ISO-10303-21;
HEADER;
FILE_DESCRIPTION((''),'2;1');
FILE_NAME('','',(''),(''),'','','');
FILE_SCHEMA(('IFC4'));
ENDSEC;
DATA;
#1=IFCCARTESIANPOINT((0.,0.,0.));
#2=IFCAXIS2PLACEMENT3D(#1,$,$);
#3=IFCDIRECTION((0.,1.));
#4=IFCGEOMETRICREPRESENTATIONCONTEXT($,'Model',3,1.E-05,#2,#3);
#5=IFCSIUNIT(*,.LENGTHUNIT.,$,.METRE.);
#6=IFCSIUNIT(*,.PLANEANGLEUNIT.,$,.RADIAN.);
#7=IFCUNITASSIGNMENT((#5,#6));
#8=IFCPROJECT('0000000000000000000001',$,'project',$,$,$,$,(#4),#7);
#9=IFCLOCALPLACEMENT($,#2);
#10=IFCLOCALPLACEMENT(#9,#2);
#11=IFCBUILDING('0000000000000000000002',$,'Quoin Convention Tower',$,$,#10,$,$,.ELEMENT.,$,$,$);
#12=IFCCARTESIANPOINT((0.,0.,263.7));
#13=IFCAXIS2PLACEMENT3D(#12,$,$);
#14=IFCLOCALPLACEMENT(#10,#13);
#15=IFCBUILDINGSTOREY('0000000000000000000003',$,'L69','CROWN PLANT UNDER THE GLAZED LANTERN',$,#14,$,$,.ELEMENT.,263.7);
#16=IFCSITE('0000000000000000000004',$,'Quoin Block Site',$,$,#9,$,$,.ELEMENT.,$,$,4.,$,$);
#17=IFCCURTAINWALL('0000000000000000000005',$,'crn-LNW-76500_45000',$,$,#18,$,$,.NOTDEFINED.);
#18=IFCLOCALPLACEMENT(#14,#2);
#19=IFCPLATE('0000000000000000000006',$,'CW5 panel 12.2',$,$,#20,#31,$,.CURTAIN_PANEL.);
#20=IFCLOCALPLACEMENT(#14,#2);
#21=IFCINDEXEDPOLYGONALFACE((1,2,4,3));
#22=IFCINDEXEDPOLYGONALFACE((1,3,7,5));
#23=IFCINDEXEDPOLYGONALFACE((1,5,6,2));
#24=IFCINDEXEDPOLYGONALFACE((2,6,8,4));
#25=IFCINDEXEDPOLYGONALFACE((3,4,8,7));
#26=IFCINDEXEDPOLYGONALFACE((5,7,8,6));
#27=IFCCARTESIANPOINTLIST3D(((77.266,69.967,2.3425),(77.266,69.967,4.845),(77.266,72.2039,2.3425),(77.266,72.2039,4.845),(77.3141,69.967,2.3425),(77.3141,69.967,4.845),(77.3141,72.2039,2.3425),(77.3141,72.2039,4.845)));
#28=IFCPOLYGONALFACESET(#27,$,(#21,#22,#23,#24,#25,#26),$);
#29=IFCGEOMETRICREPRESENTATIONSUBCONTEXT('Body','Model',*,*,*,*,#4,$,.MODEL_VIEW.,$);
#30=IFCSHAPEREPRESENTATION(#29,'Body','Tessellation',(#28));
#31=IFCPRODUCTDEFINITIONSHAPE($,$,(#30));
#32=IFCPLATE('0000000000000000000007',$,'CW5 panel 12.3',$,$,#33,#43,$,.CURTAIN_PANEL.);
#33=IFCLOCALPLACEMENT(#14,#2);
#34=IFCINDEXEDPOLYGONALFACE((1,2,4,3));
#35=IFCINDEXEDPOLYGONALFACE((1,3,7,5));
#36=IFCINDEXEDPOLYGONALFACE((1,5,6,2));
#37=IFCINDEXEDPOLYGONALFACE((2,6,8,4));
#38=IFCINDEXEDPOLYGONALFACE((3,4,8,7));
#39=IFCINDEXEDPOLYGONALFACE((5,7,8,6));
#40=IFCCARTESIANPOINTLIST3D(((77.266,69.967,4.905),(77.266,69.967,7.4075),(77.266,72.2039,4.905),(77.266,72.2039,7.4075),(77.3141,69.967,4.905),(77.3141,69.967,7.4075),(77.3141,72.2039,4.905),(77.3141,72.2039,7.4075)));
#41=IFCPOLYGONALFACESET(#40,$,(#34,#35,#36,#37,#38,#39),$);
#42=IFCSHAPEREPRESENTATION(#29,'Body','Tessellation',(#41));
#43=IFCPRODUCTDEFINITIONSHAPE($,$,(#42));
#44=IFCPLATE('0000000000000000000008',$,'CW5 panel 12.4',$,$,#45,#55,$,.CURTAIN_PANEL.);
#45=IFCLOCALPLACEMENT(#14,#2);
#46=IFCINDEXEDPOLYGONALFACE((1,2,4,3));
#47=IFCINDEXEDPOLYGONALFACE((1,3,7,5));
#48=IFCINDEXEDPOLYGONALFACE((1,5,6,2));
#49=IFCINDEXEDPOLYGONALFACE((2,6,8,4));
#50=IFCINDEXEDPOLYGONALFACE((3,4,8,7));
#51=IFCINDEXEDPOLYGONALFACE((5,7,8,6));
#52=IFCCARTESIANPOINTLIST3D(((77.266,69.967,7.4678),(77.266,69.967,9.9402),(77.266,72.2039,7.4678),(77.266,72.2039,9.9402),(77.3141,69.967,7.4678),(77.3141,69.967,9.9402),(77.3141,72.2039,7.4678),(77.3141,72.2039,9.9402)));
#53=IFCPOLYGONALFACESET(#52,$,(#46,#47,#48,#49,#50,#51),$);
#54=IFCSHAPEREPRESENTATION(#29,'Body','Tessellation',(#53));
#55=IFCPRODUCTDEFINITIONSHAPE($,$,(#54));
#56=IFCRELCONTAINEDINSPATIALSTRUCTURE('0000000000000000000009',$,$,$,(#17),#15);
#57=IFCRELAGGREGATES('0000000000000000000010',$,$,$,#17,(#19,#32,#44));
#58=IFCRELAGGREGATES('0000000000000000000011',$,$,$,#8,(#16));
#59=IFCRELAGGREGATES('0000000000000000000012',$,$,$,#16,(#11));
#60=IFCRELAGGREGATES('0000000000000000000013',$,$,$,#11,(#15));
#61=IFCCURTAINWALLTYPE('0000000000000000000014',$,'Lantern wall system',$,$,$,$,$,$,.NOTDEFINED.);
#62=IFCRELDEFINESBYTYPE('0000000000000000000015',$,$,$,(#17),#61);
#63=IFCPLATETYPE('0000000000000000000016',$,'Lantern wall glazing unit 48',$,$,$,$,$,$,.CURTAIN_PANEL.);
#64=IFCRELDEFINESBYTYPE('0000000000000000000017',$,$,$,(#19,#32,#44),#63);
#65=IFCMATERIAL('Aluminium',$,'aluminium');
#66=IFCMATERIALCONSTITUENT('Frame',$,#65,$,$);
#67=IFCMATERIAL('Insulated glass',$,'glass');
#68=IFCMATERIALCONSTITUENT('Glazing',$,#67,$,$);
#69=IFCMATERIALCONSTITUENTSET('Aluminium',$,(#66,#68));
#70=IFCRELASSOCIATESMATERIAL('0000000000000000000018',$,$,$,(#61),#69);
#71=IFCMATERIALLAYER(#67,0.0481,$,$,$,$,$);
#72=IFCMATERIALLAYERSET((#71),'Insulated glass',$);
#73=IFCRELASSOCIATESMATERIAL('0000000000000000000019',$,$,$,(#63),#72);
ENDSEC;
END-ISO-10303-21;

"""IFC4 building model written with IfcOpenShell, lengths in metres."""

from ifc_helpers import new_model, si_unit, direction, frame, origin, origin_2d, place, context, subcontext, project, spatial, rectangle, extrude, material, layer, layer_set, constituent, constituent_set, type_object, element, aggregate, save


model = new_model("IFC4")

# Units and contexts
model_context = context("Model", 3, precision=1e-05, world=origin(), true_north=direction((0.0, 1.0)))
body_context = subcontext(model_context, "Body", "Model", "MODEL_VIEW")
ifc_project = project(units=[si_unit("LENGTHUNIT", "METRE"), si_unit("PLANEANGLEUNIT", "RADIAN")], contexts=[model_context])

# Site, building, storey
site_placement = place(None, origin())
site = spatial("IfcSite", under=ifc_project, at=site_placement, Name="Quoin Block Site", CompositionType="ELEMENT", RefElevation=4.0)
building_placement = place(site_placement, origin())
building = spatial("IfcBuilding", under=site, at=building_placement, Name="Quoin Convention Tower", CompositionType="ELEMENT")
storey_placement = place(building_placement, frame((0.0, 0.0, 263.7)))
storey = spatial("IfcBuildingStorey", under=building, at=storey_placement, Name="L69", Description="CROWN PLANT UNDER THE GLAZED LANTERN", CompositionType="ELEMENT", Elevation=263.7)

# Curtain wall
ifc_material_1 = material(Name="Aluminium", Category="aluminium")
ifc_constituent_1 = constituent(ifc_material_1, Name="Frame")
ifc_material_2 = material(Name="Insulated glass", Category="glass")
ifc_constituent_2 = constituent(ifc_material_2, Name="Glazing")
ifc_constituent_set = constituent_set(constituents=[ifc_constituent_1, ifc_constituent_2], Name="Aluminium")
curtain_wall_type = type_object("IfcCurtainWallType", Name="Lantern wall system", PredefinedType="NOTDEFINED", material=ifc_constituent_set)
curtain_wall_placement = place(storey_placement, origin())
curtain_wall = element("IfcCurtainWall", 1, at=curtain_wall_placement, inside=storey, type_object=curtain_wall_type, Name="crn-LNW-76500_45000", PredefinedType="NOTDEFINED")

# Plates
ifc_layer = layer(ifc_material_2, 0.0481)
ifc_layer_set = layer_set([ifc_layer], Name="Insulated glass")
plate_type = type_object("IfcPlateType", Name="Lantern wall glazing unit 48", PredefinedType="CURTAIN_PANEL", material=ifc_layer_set)
plate_1_placement = place(storey_placement, frame((77.29, 71.0854, 2.3425), z_axis=(0.0, 0.0, 1.0), x_axis=(0.0, 1.0, 0.0)))
plate_1 = element("IfcPlate", 2, at=plate_1_placement, type_object=plate_type, Name="CW5 panel 12.2", PredefinedType="CURTAIN_PANEL", context=body_context, shape_type="SweptSolid", body=[
    extrude(rectangle(XDim=2.2368, YDim=0.0481, at=origin_2d()), origin(), (0.0, 0.0, 1.0), 2.5024),
])
plate_2_placement = place(storey_placement, frame((77.29, 71.0854, 4.905), z_axis=(0.0, 0.0, 1.0), x_axis=(0.0, 1.0, 0.0)))
plate_2 = element("IfcPlate", 3, at=plate_2_placement, type_object=plate_type, Name="CW5 panel 12.3", PredefinedType="CURTAIN_PANEL", context=body_context, shape_type="SweptSolid", body=[
    extrude(rectangle(XDim=2.2368, YDim=0.0481, at=origin_2d()), origin(), (0.0, 0.0, 1.0), 2.5024),
])
plate_3_placement = place(storey_placement, frame((77.29, 71.0854, 7.4678), z_axis=(0.0, 0.0, 1.0), x_axis=(0.0, 1.0, 0.0)))
plate_3 = element("IfcPlate", 4, at=plate_3_placement, type_object=plate_type, Name="CW5 panel 12.4", PredefinedType="CURTAIN_PANEL", context=body_context, shape_type="SweptSolid", body=[
    extrude(rectangle(XDim=2.2368, YDim=0.0481, at=origin_2d()), origin(), (0.0, 0.0, 1.0), 2.4724),
])
aggregate(curtain_wall, [plate_1, plate_2, plate_3])

save(model, "model.ifc")
